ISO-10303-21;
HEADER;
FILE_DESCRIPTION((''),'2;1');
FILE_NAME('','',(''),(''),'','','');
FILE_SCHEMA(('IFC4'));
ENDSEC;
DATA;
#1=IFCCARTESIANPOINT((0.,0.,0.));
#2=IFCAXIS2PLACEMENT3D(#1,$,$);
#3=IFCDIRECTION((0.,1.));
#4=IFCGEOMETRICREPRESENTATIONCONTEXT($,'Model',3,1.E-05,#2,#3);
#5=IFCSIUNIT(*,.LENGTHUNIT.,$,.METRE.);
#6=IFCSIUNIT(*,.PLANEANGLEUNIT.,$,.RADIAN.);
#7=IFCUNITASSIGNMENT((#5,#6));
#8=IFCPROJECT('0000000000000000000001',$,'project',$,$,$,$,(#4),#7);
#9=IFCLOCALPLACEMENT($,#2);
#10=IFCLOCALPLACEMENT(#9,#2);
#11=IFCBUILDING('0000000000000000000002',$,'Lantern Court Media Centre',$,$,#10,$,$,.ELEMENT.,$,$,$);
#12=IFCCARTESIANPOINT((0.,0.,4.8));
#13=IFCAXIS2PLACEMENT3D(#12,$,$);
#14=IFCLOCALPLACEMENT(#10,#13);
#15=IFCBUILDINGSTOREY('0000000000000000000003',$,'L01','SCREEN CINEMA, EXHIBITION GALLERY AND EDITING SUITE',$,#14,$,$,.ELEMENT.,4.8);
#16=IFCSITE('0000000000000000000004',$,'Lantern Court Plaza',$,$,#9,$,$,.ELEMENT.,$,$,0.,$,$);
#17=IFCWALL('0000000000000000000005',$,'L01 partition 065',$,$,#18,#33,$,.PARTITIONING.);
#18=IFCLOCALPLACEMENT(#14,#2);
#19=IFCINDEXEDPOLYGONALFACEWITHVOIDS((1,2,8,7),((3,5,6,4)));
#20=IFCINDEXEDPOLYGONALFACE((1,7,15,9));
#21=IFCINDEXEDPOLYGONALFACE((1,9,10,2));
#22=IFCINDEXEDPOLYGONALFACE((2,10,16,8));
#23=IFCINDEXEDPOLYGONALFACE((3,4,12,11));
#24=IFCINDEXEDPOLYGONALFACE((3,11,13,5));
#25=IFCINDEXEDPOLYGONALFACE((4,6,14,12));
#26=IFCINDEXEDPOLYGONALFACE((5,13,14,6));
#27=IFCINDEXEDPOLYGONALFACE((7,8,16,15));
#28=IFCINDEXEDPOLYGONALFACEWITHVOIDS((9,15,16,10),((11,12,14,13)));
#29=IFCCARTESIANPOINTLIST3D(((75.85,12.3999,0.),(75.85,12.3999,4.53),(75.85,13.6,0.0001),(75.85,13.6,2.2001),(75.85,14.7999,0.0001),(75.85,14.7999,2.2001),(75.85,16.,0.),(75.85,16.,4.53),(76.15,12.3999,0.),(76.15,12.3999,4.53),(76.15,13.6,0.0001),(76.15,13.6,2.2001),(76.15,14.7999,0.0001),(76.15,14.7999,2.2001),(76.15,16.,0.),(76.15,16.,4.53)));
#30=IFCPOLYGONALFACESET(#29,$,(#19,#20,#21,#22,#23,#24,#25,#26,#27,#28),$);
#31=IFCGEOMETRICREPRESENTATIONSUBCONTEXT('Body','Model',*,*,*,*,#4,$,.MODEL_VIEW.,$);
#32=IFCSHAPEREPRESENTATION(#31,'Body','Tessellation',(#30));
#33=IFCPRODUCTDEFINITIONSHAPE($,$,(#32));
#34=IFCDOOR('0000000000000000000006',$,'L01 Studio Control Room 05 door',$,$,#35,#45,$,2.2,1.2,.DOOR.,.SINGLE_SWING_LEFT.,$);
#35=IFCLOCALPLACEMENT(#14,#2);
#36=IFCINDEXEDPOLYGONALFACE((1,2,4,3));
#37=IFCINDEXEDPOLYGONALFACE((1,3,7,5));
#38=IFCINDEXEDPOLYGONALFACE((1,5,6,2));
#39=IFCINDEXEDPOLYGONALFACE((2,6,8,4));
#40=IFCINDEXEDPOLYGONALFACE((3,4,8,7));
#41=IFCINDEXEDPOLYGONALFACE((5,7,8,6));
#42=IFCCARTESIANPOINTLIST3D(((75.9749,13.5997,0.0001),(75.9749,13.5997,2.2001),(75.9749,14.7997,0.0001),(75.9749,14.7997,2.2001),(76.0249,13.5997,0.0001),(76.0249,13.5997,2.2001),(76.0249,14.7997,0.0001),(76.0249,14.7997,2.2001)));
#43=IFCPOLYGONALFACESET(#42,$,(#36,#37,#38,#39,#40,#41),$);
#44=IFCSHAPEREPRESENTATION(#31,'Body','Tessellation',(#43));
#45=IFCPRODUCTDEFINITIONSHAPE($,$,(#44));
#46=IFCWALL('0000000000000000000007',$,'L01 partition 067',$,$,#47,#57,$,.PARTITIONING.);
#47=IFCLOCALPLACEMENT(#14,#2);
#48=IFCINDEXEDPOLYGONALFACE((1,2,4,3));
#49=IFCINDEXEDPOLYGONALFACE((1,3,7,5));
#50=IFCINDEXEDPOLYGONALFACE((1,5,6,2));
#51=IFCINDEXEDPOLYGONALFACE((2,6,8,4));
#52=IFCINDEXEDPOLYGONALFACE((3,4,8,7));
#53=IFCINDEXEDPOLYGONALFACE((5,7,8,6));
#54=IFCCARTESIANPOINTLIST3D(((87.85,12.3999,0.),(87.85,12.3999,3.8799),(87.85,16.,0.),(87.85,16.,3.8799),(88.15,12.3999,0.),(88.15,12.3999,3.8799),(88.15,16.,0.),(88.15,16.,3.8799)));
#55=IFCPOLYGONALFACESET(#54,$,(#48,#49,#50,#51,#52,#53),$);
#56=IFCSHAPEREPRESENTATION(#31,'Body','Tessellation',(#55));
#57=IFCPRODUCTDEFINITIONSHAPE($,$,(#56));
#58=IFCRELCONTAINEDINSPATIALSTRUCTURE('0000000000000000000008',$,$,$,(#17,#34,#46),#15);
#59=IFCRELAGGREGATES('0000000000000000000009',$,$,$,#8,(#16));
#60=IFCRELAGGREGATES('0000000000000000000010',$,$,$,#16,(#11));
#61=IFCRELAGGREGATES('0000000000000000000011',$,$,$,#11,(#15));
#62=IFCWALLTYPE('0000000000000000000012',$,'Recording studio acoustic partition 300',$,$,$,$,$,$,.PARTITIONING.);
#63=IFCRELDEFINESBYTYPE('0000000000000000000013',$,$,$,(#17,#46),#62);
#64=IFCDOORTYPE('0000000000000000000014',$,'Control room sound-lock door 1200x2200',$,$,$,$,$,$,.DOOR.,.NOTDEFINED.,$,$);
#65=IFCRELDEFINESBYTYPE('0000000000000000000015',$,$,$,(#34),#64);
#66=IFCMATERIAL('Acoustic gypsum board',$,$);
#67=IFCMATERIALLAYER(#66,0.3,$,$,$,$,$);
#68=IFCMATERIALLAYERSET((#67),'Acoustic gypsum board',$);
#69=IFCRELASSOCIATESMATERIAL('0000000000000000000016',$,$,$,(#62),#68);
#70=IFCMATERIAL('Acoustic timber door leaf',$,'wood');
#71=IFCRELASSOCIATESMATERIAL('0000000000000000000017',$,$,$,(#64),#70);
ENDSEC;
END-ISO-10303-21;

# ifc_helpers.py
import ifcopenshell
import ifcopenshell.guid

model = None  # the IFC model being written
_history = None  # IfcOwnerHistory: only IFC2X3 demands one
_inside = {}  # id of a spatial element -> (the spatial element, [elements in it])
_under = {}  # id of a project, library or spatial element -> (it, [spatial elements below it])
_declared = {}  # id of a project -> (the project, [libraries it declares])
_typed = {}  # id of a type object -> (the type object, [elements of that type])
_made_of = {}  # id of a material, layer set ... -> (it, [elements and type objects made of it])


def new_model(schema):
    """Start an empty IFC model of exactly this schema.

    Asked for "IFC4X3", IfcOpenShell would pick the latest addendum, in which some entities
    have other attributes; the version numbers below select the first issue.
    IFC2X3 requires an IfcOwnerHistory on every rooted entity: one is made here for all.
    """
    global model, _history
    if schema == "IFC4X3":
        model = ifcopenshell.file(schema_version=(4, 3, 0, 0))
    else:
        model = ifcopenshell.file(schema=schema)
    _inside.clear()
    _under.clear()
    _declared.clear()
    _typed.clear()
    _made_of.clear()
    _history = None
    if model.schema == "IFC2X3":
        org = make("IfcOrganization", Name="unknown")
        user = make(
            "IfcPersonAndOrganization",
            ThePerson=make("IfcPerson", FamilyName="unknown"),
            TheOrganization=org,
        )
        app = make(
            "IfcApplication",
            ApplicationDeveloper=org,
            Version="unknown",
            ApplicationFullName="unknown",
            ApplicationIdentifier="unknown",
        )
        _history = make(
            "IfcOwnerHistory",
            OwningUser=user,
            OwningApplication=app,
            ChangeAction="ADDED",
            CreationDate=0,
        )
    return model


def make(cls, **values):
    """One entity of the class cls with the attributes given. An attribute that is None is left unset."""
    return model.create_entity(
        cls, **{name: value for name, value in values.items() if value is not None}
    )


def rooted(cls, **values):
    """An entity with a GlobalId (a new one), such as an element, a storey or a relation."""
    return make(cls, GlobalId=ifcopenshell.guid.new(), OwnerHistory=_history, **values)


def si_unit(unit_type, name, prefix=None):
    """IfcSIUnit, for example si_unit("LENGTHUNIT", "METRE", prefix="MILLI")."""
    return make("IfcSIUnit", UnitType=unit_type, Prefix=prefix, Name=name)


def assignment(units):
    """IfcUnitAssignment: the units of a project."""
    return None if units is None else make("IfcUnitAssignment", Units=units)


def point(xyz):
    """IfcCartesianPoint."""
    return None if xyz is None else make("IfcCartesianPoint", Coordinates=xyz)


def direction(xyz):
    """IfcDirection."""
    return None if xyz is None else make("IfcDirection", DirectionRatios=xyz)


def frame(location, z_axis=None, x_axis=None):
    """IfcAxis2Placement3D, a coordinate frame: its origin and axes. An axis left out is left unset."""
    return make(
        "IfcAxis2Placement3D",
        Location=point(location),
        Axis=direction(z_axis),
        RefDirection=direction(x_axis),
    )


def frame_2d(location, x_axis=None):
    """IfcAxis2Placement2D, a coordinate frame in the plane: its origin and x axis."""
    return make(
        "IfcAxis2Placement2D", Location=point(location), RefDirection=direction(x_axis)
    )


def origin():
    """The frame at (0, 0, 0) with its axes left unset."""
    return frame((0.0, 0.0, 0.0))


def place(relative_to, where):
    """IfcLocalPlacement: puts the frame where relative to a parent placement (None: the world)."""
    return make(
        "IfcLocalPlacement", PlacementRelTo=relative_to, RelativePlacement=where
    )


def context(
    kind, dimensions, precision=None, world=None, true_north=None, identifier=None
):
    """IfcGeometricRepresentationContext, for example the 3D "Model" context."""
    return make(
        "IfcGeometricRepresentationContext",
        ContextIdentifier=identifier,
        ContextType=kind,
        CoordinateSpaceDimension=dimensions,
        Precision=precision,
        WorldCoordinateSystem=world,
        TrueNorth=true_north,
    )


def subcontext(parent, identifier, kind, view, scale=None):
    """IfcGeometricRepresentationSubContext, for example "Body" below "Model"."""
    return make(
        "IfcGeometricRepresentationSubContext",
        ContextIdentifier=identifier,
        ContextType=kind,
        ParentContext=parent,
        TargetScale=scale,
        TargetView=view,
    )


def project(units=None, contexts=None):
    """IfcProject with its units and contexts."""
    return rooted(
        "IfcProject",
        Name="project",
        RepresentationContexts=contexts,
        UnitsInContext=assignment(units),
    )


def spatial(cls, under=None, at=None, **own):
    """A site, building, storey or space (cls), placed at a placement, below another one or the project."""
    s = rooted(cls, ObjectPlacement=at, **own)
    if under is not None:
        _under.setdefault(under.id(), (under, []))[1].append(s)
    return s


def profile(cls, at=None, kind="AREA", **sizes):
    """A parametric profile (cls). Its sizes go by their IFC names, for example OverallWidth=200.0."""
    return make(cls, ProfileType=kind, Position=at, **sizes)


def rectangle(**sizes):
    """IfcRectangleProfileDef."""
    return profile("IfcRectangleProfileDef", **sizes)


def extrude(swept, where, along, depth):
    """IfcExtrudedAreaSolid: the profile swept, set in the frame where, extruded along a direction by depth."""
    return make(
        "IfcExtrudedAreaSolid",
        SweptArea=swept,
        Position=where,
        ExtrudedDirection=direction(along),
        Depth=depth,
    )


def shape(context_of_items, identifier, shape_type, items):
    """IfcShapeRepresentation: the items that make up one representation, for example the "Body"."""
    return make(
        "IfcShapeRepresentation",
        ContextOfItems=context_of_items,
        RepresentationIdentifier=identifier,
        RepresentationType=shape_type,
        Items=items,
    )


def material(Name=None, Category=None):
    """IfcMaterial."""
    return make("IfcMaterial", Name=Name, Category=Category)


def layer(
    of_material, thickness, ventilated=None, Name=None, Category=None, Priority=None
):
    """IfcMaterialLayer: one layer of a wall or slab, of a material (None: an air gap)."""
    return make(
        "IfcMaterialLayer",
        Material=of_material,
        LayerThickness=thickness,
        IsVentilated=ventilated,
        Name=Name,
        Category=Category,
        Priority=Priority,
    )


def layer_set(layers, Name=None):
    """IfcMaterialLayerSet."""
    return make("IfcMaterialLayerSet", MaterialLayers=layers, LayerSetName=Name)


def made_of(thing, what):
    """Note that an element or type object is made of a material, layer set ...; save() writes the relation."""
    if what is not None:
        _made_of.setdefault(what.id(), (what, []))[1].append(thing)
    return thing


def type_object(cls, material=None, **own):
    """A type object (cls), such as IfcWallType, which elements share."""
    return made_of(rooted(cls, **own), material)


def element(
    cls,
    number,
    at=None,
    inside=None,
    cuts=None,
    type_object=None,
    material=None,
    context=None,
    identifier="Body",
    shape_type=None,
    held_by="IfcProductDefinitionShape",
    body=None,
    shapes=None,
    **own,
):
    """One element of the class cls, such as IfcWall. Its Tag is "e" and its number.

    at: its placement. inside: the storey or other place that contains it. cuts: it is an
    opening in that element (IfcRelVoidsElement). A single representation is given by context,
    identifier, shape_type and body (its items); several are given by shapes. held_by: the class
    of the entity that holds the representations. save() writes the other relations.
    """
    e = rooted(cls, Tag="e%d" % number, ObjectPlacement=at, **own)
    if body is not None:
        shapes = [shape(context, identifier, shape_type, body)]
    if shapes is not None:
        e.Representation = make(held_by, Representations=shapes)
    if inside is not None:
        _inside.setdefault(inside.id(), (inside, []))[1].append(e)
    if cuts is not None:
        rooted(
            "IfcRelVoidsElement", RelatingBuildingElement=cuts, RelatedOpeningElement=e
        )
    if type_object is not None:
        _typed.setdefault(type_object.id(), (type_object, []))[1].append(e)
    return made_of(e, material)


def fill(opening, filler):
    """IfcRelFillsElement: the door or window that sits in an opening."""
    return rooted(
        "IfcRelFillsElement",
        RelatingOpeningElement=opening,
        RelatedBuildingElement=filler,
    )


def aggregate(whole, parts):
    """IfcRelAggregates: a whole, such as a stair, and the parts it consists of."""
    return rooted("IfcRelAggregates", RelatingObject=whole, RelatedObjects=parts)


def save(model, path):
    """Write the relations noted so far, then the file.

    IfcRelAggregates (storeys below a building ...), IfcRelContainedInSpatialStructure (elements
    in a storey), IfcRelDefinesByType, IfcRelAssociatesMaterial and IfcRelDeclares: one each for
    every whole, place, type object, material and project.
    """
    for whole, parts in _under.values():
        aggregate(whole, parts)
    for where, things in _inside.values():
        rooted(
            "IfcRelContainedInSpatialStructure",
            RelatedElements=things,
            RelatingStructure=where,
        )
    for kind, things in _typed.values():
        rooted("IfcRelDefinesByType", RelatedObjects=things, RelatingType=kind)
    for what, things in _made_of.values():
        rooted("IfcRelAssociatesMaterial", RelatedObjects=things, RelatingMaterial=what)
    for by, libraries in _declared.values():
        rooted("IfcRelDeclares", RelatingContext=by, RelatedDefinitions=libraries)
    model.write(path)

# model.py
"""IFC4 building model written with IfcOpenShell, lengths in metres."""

from ifc_helpers import new_model, si_unit, direction, frame, frame_2d, origin, place, context, subcontext, project, spatial, rectangle, extrude, material, layer, layer_set, type_object, element, fill, save


model = new_model("IFC4")

# Units and contexts
model_context = context("Model", 3, precision=1e-05, world=origin(), true_north=direction((0.0, 1.0)))
body_context = subcontext(model_context, "Body", "Model", "MODEL_VIEW")
ifc_project = project(units=[si_unit("LENGTHUNIT", "METRE"), si_unit("PLANEANGLEUNIT", "RADIAN")], contexts=[model_context])

# Site, building, storey
site_placement = place(None, origin())
site = spatial("IfcSite", under=ifc_project, at=site_placement, Name="Lantern Court Plaza", CompositionType="ELEMENT", RefElevation=0.0)
building_placement = place(site_placement, origin())
building = spatial("IfcBuilding", under=site, at=building_placement, Name="Lantern Court Media Centre", CompositionType="ELEMENT")
storey_placement = place(building_placement, frame((0.0, 0.0, 4.8)))
storey = spatial("IfcBuildingStorey", under=building, at=storey_placement, Name="L01", Description="SCREEN CINEMA, EXHIBITION GALLERY AND EDITING SUITE", CompositionType="ELEMENT", Elevation=4.8)

# Wall, opening, door
ifc_material_1 = material(Name="Acoustic gypsum board")
ifc_layer_1 = layer(ifc_material_1, 0.3)
ifc_layer_set_1 = layer_set([ifc_layer_1], Name="Acoustic gypsum board")
wall_type_1 = type_object("IfcWallType", Name="Recording studio acoustic partition 300", PredefinedType="PARTITIONING", material=ifc_layer_set_1)
wall_1_placement = place(storey_placement, frame((76.0, 12.3999, 0.0), z_axis=(0.0, 0.0, 1.0), x_axis=(0.0, 1.0, 0.0)))
wall_1 = element("IfcWall", 1, at=wall_1_placement, inside=storey, type_object=wall_type_1, Name="L01 partition 065", PredefinedType="PARTITIONING", context=body_context, shape_type="SweptSolid", body=[
    extrude(rectangle(XDim=3.6001, YDim=0.3, at=frame_2d((1.8, 0.0))), origin(), (0.0, 0.0, 1.0), 4.53),
])
opening_1_placement = place(wall_1_placement, frame((1.2, 0.0, 0.0)))
opening_1 = element("IfcOpeningElement", 2, at=opening_1_placement, cuts=wall_1, PredefinedType="OPENING", context=body_context, shape_type="SweptSolid", body=[
    extrude(rectangle(XDim=1.2, YDim=2.2, at=frame_2d((0.6001, 1.1001))), frame((0.0, 0.1599, 0.0), z_axis=(0.0, -1.0, 0.0), x_axis=(1.0, 0.0, 0.0)), (0.0, 0.0, 1.0), 0.3201),
])
ifc_material_2 = material(Name="Acoustic timber door leaf", Category="wood")
door_type_1 = type_object("IfcDoorType", Name="Control room sound-lock door 1200x2200", OperationType="NOTDEFINED", PredefinedType="DOOR", material=ifc_material_2)
door_1_placement = place(opening_1_placement, frame((1.2, 0.0, 0.0), z_axis=(0.0, 0.0, 1.0), x_axis=(-1.0, 0.0, 0.0)))
door_1 = element("IfcDoor", 3, at=door_1_placement, inside=storey, type_object=door_type_1, Name="L01 Studio Control Room 05 door", OperationType="SINGLE_SWING_LEFT", OverallHeight=2.2, OverallWidth=1.2, PredefinedType="DOOR", context=body_context, shape_type="SweptSolid", body=[
    extrude(rectangle(XDim=1.2, YDim=2.2, at=frame_2d((0.6001, 1.1001))), frame((0.0, 0.0249, 0.0), z_axis=(0.0, -1.0, 0.0), x_axis=(1.0, 0.0, 0.0)), (0.0, 0.0, 1.0), 0.05),
])
fill(opening_1, door_1)

# Wall
wall_2_placement = place(storey_placement, frame((88.0, 12.3999, 0.0), z_axis=(0.0, 0.0, 1.0), x_axis=(0.0, 1.0, 0.0)))
element("IfcWall", 4, at=wall_2_placement, inside=storey, type_object=wall_type_1, Name="L01 partition 067", PredefinedType="PARTITIONING", context=body_context, shape_type="SweptSolid", body=[
    extrude(rectangle(XDim=3.6001, YDim=0.3, at=frame_2d((1.8, 0.0))), origin(), (0.0, 0.0, 1.0), 3.8799),
])

save(model, "model.ifc")
